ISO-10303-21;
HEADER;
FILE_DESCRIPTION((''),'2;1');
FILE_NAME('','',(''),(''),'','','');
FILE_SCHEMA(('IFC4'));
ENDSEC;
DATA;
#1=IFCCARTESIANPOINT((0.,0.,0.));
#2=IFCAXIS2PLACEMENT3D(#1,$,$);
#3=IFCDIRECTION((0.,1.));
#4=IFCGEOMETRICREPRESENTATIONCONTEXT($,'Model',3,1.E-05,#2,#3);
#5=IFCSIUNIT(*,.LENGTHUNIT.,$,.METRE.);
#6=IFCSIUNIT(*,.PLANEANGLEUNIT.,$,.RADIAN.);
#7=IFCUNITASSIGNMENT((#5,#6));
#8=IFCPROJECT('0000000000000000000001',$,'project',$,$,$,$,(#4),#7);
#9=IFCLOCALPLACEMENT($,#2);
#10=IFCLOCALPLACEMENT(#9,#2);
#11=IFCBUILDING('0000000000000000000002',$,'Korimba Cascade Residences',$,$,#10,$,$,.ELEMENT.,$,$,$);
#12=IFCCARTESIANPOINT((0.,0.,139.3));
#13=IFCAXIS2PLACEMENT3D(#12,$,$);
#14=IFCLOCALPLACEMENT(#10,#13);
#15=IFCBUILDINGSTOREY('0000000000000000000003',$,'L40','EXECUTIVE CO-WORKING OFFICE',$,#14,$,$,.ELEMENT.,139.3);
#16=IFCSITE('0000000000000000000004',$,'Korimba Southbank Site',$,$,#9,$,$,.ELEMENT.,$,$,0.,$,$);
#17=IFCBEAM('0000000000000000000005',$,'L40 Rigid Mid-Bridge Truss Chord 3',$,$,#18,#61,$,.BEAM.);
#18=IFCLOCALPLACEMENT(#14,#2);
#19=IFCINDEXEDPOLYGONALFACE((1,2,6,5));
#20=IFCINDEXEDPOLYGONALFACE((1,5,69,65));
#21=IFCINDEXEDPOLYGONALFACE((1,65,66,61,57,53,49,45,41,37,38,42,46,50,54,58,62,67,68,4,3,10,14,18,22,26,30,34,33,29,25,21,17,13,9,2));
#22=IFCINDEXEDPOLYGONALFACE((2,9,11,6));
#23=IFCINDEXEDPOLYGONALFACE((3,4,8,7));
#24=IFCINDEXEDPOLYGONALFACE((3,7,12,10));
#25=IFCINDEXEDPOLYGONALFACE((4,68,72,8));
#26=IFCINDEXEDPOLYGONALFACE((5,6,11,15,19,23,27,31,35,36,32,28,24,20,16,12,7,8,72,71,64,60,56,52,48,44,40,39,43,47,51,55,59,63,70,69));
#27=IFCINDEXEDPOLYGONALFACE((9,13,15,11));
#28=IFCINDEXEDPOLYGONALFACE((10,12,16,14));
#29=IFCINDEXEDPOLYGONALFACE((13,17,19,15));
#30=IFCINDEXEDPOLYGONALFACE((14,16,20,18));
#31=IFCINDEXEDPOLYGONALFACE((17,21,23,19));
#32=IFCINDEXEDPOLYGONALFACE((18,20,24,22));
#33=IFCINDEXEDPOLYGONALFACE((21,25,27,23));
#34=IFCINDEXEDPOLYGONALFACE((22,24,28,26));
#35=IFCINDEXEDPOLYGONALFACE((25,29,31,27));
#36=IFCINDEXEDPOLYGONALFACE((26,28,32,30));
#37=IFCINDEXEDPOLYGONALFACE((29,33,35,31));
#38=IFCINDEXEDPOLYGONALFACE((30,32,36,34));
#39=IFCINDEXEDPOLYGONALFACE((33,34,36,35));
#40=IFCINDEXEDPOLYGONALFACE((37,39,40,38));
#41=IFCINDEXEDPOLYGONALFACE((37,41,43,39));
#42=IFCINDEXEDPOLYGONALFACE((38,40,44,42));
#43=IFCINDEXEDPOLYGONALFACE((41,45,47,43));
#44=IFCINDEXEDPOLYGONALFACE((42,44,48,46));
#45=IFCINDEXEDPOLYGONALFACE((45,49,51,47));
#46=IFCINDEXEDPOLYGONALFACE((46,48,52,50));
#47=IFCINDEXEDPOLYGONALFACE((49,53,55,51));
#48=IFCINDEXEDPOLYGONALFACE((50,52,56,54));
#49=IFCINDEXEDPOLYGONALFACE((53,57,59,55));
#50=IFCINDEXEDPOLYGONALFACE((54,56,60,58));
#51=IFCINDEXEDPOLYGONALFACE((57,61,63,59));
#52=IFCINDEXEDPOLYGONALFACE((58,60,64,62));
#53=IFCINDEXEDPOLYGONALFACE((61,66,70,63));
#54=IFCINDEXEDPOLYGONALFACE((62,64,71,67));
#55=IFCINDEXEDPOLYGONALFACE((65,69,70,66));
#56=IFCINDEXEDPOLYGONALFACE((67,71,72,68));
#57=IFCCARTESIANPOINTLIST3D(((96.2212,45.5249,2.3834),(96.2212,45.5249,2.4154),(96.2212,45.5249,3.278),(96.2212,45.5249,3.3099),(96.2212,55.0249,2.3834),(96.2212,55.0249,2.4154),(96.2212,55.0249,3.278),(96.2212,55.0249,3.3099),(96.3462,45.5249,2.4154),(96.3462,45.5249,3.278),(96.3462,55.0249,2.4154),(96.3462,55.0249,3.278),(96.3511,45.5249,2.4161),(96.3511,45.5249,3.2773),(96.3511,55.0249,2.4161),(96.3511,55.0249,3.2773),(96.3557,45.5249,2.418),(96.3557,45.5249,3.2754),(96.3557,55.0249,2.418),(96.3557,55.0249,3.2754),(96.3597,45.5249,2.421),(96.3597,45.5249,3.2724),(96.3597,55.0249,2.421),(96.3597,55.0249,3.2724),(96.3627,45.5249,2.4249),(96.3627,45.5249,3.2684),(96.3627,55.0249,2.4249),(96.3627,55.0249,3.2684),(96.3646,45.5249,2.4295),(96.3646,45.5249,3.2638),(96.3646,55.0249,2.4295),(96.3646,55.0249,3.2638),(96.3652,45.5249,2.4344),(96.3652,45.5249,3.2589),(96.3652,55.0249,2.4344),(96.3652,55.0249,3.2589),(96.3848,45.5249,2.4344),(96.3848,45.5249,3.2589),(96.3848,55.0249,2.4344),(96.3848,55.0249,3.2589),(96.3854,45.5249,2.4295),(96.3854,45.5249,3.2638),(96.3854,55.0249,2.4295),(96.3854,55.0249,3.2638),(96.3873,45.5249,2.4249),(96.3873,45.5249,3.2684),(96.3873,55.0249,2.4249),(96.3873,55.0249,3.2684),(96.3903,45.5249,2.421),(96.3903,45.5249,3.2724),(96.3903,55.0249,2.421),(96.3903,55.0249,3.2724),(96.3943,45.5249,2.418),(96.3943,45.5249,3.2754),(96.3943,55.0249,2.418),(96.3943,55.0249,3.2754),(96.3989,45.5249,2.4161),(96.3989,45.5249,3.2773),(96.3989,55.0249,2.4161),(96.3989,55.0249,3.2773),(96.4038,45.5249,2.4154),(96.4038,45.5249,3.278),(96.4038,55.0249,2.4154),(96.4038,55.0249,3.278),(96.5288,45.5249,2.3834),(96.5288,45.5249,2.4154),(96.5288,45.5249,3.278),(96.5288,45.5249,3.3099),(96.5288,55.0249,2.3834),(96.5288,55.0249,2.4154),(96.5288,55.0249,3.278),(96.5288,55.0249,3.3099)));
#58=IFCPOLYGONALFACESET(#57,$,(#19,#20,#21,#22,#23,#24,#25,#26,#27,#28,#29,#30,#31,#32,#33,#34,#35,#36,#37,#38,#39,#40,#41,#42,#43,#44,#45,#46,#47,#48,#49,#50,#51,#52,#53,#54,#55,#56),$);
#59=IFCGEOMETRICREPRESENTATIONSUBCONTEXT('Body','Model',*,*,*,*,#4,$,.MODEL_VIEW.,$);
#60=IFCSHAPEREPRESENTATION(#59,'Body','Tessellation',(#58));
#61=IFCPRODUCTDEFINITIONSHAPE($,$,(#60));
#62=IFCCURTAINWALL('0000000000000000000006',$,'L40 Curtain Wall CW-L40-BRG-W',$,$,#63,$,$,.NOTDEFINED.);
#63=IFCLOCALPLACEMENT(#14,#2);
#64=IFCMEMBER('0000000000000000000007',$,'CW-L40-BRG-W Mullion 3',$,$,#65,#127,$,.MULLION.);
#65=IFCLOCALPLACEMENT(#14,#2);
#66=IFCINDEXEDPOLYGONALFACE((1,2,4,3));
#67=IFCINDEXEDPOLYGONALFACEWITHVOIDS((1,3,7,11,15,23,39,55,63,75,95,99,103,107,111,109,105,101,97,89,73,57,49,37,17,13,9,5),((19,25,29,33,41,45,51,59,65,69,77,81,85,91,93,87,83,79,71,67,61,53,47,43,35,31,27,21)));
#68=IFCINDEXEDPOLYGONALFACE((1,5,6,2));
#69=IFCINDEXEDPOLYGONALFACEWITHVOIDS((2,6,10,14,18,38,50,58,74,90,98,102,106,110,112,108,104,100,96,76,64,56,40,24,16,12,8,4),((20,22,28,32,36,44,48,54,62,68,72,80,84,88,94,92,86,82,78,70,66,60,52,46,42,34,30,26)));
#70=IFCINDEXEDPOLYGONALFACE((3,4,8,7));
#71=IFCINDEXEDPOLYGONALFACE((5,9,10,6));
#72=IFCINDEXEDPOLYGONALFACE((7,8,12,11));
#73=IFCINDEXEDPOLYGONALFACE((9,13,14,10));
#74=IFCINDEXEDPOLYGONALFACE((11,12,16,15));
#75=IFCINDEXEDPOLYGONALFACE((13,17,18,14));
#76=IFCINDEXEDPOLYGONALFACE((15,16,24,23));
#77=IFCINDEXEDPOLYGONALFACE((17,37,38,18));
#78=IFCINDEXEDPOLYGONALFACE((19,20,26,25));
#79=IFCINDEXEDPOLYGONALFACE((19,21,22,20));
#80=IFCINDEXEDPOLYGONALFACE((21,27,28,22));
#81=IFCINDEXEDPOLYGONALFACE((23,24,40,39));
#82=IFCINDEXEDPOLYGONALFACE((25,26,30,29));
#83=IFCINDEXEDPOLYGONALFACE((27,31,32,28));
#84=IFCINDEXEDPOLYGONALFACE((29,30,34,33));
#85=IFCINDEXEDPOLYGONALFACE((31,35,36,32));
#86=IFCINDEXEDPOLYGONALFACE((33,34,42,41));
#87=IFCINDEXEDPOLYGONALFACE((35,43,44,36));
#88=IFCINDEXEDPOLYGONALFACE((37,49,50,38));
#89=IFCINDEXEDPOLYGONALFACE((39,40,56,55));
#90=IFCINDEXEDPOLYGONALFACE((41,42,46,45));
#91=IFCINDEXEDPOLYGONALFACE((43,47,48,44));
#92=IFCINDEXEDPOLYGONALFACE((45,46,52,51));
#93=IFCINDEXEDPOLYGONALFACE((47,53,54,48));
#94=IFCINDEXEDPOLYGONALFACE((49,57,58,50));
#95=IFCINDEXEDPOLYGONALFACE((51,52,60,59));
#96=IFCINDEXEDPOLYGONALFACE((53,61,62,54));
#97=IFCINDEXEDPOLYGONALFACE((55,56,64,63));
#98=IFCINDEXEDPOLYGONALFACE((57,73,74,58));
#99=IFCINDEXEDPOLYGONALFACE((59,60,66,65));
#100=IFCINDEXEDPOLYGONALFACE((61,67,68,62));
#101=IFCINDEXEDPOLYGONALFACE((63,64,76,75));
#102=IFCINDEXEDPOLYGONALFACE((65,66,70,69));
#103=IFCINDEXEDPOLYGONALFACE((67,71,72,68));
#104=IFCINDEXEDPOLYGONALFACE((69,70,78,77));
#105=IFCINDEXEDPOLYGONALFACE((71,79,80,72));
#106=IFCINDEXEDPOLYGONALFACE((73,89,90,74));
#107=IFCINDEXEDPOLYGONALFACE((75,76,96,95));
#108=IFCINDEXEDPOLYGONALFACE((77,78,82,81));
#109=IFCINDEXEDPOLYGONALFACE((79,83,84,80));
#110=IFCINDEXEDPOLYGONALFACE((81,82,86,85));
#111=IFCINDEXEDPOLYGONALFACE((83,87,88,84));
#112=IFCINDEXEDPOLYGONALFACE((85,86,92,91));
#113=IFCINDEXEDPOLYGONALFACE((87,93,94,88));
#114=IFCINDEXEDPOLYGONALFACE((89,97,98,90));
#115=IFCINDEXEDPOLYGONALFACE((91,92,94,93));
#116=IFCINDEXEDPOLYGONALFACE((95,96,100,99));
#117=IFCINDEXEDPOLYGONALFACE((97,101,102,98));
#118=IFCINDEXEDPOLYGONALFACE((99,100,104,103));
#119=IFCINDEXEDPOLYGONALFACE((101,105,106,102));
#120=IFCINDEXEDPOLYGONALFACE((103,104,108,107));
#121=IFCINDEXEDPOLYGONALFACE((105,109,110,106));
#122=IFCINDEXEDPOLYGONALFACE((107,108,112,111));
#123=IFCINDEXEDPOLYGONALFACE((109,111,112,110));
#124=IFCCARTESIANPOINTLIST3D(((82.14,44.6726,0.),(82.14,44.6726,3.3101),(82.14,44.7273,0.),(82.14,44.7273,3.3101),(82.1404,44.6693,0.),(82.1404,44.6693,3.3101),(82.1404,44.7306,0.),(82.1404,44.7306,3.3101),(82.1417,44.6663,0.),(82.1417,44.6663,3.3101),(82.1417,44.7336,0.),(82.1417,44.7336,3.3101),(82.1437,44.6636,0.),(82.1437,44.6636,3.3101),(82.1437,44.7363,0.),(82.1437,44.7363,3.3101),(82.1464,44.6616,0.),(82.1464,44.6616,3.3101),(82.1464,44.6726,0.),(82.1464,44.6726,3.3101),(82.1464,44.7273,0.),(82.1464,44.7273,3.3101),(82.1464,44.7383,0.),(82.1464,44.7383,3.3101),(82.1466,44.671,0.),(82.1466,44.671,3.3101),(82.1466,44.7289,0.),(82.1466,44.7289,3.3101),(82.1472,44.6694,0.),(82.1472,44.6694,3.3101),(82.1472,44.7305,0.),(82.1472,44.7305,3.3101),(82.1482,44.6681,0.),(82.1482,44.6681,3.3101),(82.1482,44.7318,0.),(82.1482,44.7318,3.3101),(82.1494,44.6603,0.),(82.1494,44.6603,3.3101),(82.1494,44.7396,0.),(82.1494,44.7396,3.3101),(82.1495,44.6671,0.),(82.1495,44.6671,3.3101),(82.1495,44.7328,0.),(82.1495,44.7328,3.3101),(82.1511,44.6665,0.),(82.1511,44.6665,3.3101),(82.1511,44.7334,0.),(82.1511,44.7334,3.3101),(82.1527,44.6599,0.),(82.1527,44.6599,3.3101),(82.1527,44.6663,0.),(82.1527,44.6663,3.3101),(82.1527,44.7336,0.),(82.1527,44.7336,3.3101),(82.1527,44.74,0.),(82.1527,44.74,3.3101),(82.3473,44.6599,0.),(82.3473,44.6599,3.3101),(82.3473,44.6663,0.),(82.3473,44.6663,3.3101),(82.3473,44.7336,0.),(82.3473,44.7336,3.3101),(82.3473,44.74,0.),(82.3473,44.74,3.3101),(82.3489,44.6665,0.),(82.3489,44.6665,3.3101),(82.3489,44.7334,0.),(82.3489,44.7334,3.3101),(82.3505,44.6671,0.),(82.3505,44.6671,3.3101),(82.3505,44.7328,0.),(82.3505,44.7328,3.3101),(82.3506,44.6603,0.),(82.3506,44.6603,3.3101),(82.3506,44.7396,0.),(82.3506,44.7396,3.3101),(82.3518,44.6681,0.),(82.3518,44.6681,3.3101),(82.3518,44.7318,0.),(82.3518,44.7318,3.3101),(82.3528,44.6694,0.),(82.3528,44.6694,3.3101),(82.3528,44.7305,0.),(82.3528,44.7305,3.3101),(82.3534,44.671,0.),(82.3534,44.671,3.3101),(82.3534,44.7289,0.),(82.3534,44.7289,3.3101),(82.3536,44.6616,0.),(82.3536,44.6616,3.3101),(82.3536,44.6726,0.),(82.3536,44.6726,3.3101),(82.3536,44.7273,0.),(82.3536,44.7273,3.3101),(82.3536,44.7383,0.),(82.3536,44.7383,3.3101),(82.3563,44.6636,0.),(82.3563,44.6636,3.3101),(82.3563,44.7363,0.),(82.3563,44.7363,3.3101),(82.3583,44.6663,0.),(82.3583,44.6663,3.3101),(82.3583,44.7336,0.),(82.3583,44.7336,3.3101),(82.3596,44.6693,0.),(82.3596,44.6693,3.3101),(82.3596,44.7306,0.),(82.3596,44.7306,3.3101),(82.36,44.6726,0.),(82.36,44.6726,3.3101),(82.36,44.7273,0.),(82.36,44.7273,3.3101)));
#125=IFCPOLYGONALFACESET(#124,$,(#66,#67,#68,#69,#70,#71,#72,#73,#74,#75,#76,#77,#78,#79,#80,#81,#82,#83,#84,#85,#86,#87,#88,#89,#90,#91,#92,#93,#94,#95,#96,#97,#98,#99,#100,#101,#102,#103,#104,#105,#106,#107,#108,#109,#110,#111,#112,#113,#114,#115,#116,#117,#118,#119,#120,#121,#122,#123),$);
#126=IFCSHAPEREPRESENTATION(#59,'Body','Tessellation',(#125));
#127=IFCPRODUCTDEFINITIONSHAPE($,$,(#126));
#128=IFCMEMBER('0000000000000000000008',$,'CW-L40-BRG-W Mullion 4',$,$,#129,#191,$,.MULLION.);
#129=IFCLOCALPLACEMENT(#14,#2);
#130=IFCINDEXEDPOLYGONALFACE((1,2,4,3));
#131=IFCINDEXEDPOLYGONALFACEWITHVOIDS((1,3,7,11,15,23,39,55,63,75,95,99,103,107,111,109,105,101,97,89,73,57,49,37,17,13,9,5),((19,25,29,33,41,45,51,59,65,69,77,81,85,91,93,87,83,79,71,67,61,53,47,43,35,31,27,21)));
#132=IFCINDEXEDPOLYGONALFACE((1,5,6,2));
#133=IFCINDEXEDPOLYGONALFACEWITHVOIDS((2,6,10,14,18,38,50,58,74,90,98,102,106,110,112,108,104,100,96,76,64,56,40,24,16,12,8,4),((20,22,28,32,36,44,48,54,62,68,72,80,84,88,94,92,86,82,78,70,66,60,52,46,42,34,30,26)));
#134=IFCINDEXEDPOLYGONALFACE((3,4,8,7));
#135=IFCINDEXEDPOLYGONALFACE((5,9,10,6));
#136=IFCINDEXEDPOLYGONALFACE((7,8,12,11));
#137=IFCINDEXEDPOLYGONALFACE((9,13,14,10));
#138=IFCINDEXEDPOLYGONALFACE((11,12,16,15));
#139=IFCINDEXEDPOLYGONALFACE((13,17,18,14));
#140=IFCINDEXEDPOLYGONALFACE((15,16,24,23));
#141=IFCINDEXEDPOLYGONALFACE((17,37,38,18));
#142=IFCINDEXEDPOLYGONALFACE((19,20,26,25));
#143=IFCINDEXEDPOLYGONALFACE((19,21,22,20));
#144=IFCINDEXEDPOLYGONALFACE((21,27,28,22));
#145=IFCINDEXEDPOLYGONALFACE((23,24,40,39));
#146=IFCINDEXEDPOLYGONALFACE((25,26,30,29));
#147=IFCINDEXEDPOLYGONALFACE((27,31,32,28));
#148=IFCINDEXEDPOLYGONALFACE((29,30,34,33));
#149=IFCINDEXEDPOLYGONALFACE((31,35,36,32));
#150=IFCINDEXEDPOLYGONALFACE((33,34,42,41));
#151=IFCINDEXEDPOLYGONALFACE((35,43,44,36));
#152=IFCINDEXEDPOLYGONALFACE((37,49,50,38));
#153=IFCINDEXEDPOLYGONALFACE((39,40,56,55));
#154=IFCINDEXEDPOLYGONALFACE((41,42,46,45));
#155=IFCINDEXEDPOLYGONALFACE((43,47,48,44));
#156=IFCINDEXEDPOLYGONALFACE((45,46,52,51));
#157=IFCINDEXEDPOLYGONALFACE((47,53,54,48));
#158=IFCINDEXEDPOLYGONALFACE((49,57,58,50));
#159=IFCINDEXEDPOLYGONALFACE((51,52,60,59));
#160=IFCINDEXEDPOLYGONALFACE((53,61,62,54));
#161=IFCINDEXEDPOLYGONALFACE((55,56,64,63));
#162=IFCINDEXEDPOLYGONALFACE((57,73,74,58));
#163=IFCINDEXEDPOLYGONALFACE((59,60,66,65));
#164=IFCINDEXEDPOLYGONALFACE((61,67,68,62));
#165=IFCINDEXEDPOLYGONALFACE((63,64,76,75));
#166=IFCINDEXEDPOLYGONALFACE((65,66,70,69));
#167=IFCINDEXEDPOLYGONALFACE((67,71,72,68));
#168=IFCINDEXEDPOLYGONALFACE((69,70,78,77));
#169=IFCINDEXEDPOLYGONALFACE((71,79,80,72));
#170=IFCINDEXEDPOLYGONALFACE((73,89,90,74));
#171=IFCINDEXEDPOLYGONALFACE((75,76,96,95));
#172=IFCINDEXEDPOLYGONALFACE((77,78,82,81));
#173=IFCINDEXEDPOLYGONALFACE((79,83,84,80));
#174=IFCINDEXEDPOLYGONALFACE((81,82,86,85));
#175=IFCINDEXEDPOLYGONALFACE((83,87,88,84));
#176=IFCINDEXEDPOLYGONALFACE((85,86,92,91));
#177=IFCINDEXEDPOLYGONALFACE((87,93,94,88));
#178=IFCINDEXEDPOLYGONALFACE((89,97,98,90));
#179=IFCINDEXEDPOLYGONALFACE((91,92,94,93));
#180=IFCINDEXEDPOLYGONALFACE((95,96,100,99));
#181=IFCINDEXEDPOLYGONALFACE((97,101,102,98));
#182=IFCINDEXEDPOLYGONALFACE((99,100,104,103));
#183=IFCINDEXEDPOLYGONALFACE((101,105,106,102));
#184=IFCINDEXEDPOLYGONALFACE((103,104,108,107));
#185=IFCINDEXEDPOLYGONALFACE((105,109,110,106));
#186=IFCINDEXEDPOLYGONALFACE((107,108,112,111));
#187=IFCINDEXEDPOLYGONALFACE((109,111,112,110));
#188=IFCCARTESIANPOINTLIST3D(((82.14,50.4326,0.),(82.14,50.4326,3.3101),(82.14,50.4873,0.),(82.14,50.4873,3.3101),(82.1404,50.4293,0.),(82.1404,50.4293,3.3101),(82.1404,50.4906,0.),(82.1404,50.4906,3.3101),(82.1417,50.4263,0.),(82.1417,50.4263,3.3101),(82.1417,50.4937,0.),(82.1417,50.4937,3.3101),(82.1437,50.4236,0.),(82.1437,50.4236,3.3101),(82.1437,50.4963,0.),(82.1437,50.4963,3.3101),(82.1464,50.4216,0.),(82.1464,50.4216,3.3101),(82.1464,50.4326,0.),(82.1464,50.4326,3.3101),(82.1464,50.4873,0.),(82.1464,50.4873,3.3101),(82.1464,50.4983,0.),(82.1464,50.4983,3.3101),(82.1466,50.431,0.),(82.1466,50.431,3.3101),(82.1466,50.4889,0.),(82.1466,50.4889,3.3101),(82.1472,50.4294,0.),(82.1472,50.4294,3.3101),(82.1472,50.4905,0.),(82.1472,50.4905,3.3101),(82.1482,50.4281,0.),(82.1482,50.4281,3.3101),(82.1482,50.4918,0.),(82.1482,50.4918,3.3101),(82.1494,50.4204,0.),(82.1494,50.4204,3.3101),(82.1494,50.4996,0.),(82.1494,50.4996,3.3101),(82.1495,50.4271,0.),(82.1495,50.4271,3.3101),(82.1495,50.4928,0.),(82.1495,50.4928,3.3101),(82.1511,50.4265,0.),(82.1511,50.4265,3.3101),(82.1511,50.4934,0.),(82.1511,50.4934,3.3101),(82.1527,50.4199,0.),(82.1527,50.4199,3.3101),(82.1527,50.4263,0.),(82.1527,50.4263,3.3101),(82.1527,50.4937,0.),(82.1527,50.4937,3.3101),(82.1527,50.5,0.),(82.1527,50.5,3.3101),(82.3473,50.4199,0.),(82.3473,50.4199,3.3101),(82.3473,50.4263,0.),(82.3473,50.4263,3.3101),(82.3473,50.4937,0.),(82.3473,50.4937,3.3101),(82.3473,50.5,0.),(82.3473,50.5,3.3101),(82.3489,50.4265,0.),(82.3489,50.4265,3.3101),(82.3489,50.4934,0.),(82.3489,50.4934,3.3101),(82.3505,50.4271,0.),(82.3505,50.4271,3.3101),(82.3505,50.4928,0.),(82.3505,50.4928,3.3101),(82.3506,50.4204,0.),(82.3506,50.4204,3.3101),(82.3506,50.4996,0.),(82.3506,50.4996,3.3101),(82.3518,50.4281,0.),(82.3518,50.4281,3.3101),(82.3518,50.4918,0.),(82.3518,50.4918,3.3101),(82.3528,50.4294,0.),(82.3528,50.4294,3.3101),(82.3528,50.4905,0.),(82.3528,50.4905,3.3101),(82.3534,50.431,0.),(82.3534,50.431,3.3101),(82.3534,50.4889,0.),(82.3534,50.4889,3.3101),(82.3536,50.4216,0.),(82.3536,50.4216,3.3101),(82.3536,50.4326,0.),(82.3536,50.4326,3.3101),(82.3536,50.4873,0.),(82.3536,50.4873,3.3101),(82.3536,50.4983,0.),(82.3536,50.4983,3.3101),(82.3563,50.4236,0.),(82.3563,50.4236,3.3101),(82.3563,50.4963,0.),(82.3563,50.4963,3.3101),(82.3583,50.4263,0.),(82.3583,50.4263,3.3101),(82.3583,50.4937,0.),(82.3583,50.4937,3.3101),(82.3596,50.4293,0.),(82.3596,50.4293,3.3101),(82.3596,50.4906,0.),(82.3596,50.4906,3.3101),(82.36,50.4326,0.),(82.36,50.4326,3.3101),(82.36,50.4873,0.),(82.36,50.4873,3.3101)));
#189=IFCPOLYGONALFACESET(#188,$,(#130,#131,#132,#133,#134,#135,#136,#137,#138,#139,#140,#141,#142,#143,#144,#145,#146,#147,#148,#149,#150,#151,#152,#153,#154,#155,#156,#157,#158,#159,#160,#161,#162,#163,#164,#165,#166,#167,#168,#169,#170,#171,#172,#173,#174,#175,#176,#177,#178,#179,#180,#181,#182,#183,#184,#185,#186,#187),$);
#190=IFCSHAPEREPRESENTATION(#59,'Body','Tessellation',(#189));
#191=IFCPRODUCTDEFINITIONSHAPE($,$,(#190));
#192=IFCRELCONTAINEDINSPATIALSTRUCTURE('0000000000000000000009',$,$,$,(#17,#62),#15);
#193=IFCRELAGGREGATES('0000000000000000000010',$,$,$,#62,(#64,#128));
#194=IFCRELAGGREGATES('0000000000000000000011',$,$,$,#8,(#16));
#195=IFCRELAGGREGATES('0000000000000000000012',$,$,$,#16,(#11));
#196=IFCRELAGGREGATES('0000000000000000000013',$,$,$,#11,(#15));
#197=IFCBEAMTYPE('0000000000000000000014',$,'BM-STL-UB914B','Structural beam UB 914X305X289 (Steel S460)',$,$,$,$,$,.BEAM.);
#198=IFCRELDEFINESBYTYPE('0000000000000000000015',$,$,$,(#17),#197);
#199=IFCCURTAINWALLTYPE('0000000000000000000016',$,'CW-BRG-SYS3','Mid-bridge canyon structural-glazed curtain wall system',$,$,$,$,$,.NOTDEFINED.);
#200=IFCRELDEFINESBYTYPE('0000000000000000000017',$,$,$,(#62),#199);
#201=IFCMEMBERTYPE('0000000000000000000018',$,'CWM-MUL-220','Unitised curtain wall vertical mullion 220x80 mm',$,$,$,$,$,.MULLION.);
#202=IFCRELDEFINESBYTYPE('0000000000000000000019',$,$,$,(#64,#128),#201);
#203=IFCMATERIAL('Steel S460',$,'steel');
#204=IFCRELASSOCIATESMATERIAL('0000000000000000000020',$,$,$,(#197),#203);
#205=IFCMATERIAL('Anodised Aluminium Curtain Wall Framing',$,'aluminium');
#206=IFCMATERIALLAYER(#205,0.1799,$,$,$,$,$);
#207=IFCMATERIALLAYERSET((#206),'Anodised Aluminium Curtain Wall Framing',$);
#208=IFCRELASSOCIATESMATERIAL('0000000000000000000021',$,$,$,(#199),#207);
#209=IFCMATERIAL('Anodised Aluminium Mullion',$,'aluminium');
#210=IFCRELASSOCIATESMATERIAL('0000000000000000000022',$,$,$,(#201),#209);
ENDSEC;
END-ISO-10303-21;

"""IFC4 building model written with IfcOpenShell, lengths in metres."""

from ifc_helpers import new_model, si_unit, direction, frame, origin, origin_2d, place, context, subcontext, project, spatial, hollow_rectangle, i_section, extrude, material, layer, layer_set, material_profile, profile_set, type_object, element, aggregate, save


model = new_model("IFC4")

# Units and contexts
model_context = context("Model", 3, precision=1e-05, world=origin(), true_north=direction((0.0, 1.0)))
body_context = subcontext(model_context, "Body", "Model", "MODEL_VIEW")
ifc_project = project(units=[si_unit("LENGTHUNIT", "METRE"), si_unit("PLANEANGLEUNIT", "RADIAN")], contexts=[model_context])

# Site, building, storey
site_placement = place(None, origin())
site = spatial("IfcSite", under=ifc_project, at=site_placement, Name="Korimba Southbank Site", CompositionType="ELEMENT", RefElevation=0.0)
building_placement = place(site_placement, origin())
building = spatial("IfcBuilding", under=site, at=building_placement, Name="Korimba Cascade Residences", CompositionType="ELEMENT")
storey_placement = place(building_placement, frame((0.0, 0.0, 139.3)))
storey = spatial("IfcBuildingStorey", under=building, at=storey_placement, Name="L40", Description="EXECUTIVE CO-WORKING OFFICE", CompositionType="ELEMENT", Elevation=139.3)

# Beam
ifc_material_1 = material(Name="Steel S460", Category="steel")
ifc_material_profile_1 = material_profile(ifc_material_1, i_section(OverallWidth=0.3076, OverallDepth=0.9265, WebThickness=0.0195, FlangeThickness=0.032, FilletRadius=0.019, at=origin_2d()), Name="Steel S460")
ifc_profile_set_1 = profile_set([ifc_material_profile_1], Name="Steel S460")
beam_type_1 = type_object("IfcBeamType", Name="BM-STL-UB914B", Description="Structural beam UB 914X305X289 (Steel S460)", PredefinedType="BEAM", material=ifc_profile_set_1)
beam_1_placement = place(storey_placement, frame((96.375, 45.5249, 2.8467), z_axis=(0.0, 1.0, 0.0), x_axis=(-1.0, 0.0, 0.0)))
element("IfcBeam", 1, at=beam_1_placement, inside=storey, type_object=beam_type_1, Name="L40 Rigid Mid-Bridge Truss Chord 3", PredefinedType="BEAM", context=body_context, shape_type="SweptSolid", body=[
    extrude(i_section(OverallWidth=0.3076, OverallDepth=0.9265, WebThickness=0.0195, FlangeThickness=0.032, FilletRadius=0.019, at=origin_2d()), origin(), (0.0, 0.0, 1.0), 9.5),
])

# Curtain wall, members
ifc_material_2 = material(Name="Anodised Aluminium Curtain Wall Framing", Category="aluminium")
ifc_layer_1 = layer(ifc_material_2, 0.1799)
ifc_layer_set_1 = layer_set([ifc_layer_1], Name="Anodised Aluminium Curtain Wall Framing")
curtain_wall_type = type_object("IfcCurtainWallType", Name="CW-BRG-SYS3", Description="Mid-bridge canyon structural-glazed curtain wall system", PredefinedType="NOTDEFINED", material=ifc_layer_set_1)
curtain_wall_placement = place(storey_placement, origin())
curtain_wall = element("IfcCurtainWall", 2, at=curtain_wall_placement, inside=storey, type_object=curtain_wall_type, Name="L40 Curtain Wall CW-L40-BRG-W", PredefinedType="NOTDEFINED")
ifc_material_3 = material(Name="Anodised Aluminium Mullion", Category="aluminium")
ifc_material_profile_2 = material_profile(ifc_material_3, hollow_rectangle(XDim=0.0801, YDim=0.22, WallThickness=0.0063, InnerFilletRadius=0.0063, OuterFilletRadius=0.0127, at=origin_2d()), Name="Anodised Aluminium Mullion")
ifc_profile_set_2 = profile_set([ifc_material_profile_2], Name="Anodised Aluminium Mullion")
member_type_1 = type_object("IfcMemberType", Name="CWM-MUL-220", Description="Unitised curtain wall vertical mullion 220x80 mm", PredefinedType="MULLION", material=ifc_profile_set_2)
member_1_placement = place(storey_placement, frame((82.25, 44.7, 0.0), z_axis=(0.0, 0.0, 1.0), x_axis=(0.0, 1.0, 0.0)))
member_1 = element("IfcMember", 3, at=member_1_placement, type_object=member_type_1, Name="CW-L40-BRG-W Mullion 3", PredefinedType="MULLION", context=body_context, shape_type="SweptSolid", body=[
    extrude(hollow_rectangle(XDim=0.0801, YDim=0.22, WallThickness=0.0063, InnerFilletRadius=0.0063, OuterFilletRadius=0.0127, at=origin_2d()), origin(), (0.0, 0.0, 1.0), 3.3101),
])
member_2_placement = place(storey_placement, frame((82.25, 50.46, 0.0), z_axis=(0.0, 0.0, 1.0), x_axis=(0.0, 1.0, 0.0)))
member_2 = element("IfcMember", 4, at=member_2_placement, type_object=member_type_1, Name="CW-L40-BRG-W Mullion 4", PredefinedType="MULLION", context=body_context, shape_type="SweptSolid", body=[
    extrude(hollow_rectangle(XDim=0.0801, YDim=0.22, WallThickness=0.0063, InnerFilletRadius=0.0063, OuterFilletRadius=0.0127, at=origin_2d()), origin(), (0.0, 0.0, 1.0), 3.3101),
])
aggregate(curtain_wall, [member_1, member_2])

save(model, "model.ifc")
